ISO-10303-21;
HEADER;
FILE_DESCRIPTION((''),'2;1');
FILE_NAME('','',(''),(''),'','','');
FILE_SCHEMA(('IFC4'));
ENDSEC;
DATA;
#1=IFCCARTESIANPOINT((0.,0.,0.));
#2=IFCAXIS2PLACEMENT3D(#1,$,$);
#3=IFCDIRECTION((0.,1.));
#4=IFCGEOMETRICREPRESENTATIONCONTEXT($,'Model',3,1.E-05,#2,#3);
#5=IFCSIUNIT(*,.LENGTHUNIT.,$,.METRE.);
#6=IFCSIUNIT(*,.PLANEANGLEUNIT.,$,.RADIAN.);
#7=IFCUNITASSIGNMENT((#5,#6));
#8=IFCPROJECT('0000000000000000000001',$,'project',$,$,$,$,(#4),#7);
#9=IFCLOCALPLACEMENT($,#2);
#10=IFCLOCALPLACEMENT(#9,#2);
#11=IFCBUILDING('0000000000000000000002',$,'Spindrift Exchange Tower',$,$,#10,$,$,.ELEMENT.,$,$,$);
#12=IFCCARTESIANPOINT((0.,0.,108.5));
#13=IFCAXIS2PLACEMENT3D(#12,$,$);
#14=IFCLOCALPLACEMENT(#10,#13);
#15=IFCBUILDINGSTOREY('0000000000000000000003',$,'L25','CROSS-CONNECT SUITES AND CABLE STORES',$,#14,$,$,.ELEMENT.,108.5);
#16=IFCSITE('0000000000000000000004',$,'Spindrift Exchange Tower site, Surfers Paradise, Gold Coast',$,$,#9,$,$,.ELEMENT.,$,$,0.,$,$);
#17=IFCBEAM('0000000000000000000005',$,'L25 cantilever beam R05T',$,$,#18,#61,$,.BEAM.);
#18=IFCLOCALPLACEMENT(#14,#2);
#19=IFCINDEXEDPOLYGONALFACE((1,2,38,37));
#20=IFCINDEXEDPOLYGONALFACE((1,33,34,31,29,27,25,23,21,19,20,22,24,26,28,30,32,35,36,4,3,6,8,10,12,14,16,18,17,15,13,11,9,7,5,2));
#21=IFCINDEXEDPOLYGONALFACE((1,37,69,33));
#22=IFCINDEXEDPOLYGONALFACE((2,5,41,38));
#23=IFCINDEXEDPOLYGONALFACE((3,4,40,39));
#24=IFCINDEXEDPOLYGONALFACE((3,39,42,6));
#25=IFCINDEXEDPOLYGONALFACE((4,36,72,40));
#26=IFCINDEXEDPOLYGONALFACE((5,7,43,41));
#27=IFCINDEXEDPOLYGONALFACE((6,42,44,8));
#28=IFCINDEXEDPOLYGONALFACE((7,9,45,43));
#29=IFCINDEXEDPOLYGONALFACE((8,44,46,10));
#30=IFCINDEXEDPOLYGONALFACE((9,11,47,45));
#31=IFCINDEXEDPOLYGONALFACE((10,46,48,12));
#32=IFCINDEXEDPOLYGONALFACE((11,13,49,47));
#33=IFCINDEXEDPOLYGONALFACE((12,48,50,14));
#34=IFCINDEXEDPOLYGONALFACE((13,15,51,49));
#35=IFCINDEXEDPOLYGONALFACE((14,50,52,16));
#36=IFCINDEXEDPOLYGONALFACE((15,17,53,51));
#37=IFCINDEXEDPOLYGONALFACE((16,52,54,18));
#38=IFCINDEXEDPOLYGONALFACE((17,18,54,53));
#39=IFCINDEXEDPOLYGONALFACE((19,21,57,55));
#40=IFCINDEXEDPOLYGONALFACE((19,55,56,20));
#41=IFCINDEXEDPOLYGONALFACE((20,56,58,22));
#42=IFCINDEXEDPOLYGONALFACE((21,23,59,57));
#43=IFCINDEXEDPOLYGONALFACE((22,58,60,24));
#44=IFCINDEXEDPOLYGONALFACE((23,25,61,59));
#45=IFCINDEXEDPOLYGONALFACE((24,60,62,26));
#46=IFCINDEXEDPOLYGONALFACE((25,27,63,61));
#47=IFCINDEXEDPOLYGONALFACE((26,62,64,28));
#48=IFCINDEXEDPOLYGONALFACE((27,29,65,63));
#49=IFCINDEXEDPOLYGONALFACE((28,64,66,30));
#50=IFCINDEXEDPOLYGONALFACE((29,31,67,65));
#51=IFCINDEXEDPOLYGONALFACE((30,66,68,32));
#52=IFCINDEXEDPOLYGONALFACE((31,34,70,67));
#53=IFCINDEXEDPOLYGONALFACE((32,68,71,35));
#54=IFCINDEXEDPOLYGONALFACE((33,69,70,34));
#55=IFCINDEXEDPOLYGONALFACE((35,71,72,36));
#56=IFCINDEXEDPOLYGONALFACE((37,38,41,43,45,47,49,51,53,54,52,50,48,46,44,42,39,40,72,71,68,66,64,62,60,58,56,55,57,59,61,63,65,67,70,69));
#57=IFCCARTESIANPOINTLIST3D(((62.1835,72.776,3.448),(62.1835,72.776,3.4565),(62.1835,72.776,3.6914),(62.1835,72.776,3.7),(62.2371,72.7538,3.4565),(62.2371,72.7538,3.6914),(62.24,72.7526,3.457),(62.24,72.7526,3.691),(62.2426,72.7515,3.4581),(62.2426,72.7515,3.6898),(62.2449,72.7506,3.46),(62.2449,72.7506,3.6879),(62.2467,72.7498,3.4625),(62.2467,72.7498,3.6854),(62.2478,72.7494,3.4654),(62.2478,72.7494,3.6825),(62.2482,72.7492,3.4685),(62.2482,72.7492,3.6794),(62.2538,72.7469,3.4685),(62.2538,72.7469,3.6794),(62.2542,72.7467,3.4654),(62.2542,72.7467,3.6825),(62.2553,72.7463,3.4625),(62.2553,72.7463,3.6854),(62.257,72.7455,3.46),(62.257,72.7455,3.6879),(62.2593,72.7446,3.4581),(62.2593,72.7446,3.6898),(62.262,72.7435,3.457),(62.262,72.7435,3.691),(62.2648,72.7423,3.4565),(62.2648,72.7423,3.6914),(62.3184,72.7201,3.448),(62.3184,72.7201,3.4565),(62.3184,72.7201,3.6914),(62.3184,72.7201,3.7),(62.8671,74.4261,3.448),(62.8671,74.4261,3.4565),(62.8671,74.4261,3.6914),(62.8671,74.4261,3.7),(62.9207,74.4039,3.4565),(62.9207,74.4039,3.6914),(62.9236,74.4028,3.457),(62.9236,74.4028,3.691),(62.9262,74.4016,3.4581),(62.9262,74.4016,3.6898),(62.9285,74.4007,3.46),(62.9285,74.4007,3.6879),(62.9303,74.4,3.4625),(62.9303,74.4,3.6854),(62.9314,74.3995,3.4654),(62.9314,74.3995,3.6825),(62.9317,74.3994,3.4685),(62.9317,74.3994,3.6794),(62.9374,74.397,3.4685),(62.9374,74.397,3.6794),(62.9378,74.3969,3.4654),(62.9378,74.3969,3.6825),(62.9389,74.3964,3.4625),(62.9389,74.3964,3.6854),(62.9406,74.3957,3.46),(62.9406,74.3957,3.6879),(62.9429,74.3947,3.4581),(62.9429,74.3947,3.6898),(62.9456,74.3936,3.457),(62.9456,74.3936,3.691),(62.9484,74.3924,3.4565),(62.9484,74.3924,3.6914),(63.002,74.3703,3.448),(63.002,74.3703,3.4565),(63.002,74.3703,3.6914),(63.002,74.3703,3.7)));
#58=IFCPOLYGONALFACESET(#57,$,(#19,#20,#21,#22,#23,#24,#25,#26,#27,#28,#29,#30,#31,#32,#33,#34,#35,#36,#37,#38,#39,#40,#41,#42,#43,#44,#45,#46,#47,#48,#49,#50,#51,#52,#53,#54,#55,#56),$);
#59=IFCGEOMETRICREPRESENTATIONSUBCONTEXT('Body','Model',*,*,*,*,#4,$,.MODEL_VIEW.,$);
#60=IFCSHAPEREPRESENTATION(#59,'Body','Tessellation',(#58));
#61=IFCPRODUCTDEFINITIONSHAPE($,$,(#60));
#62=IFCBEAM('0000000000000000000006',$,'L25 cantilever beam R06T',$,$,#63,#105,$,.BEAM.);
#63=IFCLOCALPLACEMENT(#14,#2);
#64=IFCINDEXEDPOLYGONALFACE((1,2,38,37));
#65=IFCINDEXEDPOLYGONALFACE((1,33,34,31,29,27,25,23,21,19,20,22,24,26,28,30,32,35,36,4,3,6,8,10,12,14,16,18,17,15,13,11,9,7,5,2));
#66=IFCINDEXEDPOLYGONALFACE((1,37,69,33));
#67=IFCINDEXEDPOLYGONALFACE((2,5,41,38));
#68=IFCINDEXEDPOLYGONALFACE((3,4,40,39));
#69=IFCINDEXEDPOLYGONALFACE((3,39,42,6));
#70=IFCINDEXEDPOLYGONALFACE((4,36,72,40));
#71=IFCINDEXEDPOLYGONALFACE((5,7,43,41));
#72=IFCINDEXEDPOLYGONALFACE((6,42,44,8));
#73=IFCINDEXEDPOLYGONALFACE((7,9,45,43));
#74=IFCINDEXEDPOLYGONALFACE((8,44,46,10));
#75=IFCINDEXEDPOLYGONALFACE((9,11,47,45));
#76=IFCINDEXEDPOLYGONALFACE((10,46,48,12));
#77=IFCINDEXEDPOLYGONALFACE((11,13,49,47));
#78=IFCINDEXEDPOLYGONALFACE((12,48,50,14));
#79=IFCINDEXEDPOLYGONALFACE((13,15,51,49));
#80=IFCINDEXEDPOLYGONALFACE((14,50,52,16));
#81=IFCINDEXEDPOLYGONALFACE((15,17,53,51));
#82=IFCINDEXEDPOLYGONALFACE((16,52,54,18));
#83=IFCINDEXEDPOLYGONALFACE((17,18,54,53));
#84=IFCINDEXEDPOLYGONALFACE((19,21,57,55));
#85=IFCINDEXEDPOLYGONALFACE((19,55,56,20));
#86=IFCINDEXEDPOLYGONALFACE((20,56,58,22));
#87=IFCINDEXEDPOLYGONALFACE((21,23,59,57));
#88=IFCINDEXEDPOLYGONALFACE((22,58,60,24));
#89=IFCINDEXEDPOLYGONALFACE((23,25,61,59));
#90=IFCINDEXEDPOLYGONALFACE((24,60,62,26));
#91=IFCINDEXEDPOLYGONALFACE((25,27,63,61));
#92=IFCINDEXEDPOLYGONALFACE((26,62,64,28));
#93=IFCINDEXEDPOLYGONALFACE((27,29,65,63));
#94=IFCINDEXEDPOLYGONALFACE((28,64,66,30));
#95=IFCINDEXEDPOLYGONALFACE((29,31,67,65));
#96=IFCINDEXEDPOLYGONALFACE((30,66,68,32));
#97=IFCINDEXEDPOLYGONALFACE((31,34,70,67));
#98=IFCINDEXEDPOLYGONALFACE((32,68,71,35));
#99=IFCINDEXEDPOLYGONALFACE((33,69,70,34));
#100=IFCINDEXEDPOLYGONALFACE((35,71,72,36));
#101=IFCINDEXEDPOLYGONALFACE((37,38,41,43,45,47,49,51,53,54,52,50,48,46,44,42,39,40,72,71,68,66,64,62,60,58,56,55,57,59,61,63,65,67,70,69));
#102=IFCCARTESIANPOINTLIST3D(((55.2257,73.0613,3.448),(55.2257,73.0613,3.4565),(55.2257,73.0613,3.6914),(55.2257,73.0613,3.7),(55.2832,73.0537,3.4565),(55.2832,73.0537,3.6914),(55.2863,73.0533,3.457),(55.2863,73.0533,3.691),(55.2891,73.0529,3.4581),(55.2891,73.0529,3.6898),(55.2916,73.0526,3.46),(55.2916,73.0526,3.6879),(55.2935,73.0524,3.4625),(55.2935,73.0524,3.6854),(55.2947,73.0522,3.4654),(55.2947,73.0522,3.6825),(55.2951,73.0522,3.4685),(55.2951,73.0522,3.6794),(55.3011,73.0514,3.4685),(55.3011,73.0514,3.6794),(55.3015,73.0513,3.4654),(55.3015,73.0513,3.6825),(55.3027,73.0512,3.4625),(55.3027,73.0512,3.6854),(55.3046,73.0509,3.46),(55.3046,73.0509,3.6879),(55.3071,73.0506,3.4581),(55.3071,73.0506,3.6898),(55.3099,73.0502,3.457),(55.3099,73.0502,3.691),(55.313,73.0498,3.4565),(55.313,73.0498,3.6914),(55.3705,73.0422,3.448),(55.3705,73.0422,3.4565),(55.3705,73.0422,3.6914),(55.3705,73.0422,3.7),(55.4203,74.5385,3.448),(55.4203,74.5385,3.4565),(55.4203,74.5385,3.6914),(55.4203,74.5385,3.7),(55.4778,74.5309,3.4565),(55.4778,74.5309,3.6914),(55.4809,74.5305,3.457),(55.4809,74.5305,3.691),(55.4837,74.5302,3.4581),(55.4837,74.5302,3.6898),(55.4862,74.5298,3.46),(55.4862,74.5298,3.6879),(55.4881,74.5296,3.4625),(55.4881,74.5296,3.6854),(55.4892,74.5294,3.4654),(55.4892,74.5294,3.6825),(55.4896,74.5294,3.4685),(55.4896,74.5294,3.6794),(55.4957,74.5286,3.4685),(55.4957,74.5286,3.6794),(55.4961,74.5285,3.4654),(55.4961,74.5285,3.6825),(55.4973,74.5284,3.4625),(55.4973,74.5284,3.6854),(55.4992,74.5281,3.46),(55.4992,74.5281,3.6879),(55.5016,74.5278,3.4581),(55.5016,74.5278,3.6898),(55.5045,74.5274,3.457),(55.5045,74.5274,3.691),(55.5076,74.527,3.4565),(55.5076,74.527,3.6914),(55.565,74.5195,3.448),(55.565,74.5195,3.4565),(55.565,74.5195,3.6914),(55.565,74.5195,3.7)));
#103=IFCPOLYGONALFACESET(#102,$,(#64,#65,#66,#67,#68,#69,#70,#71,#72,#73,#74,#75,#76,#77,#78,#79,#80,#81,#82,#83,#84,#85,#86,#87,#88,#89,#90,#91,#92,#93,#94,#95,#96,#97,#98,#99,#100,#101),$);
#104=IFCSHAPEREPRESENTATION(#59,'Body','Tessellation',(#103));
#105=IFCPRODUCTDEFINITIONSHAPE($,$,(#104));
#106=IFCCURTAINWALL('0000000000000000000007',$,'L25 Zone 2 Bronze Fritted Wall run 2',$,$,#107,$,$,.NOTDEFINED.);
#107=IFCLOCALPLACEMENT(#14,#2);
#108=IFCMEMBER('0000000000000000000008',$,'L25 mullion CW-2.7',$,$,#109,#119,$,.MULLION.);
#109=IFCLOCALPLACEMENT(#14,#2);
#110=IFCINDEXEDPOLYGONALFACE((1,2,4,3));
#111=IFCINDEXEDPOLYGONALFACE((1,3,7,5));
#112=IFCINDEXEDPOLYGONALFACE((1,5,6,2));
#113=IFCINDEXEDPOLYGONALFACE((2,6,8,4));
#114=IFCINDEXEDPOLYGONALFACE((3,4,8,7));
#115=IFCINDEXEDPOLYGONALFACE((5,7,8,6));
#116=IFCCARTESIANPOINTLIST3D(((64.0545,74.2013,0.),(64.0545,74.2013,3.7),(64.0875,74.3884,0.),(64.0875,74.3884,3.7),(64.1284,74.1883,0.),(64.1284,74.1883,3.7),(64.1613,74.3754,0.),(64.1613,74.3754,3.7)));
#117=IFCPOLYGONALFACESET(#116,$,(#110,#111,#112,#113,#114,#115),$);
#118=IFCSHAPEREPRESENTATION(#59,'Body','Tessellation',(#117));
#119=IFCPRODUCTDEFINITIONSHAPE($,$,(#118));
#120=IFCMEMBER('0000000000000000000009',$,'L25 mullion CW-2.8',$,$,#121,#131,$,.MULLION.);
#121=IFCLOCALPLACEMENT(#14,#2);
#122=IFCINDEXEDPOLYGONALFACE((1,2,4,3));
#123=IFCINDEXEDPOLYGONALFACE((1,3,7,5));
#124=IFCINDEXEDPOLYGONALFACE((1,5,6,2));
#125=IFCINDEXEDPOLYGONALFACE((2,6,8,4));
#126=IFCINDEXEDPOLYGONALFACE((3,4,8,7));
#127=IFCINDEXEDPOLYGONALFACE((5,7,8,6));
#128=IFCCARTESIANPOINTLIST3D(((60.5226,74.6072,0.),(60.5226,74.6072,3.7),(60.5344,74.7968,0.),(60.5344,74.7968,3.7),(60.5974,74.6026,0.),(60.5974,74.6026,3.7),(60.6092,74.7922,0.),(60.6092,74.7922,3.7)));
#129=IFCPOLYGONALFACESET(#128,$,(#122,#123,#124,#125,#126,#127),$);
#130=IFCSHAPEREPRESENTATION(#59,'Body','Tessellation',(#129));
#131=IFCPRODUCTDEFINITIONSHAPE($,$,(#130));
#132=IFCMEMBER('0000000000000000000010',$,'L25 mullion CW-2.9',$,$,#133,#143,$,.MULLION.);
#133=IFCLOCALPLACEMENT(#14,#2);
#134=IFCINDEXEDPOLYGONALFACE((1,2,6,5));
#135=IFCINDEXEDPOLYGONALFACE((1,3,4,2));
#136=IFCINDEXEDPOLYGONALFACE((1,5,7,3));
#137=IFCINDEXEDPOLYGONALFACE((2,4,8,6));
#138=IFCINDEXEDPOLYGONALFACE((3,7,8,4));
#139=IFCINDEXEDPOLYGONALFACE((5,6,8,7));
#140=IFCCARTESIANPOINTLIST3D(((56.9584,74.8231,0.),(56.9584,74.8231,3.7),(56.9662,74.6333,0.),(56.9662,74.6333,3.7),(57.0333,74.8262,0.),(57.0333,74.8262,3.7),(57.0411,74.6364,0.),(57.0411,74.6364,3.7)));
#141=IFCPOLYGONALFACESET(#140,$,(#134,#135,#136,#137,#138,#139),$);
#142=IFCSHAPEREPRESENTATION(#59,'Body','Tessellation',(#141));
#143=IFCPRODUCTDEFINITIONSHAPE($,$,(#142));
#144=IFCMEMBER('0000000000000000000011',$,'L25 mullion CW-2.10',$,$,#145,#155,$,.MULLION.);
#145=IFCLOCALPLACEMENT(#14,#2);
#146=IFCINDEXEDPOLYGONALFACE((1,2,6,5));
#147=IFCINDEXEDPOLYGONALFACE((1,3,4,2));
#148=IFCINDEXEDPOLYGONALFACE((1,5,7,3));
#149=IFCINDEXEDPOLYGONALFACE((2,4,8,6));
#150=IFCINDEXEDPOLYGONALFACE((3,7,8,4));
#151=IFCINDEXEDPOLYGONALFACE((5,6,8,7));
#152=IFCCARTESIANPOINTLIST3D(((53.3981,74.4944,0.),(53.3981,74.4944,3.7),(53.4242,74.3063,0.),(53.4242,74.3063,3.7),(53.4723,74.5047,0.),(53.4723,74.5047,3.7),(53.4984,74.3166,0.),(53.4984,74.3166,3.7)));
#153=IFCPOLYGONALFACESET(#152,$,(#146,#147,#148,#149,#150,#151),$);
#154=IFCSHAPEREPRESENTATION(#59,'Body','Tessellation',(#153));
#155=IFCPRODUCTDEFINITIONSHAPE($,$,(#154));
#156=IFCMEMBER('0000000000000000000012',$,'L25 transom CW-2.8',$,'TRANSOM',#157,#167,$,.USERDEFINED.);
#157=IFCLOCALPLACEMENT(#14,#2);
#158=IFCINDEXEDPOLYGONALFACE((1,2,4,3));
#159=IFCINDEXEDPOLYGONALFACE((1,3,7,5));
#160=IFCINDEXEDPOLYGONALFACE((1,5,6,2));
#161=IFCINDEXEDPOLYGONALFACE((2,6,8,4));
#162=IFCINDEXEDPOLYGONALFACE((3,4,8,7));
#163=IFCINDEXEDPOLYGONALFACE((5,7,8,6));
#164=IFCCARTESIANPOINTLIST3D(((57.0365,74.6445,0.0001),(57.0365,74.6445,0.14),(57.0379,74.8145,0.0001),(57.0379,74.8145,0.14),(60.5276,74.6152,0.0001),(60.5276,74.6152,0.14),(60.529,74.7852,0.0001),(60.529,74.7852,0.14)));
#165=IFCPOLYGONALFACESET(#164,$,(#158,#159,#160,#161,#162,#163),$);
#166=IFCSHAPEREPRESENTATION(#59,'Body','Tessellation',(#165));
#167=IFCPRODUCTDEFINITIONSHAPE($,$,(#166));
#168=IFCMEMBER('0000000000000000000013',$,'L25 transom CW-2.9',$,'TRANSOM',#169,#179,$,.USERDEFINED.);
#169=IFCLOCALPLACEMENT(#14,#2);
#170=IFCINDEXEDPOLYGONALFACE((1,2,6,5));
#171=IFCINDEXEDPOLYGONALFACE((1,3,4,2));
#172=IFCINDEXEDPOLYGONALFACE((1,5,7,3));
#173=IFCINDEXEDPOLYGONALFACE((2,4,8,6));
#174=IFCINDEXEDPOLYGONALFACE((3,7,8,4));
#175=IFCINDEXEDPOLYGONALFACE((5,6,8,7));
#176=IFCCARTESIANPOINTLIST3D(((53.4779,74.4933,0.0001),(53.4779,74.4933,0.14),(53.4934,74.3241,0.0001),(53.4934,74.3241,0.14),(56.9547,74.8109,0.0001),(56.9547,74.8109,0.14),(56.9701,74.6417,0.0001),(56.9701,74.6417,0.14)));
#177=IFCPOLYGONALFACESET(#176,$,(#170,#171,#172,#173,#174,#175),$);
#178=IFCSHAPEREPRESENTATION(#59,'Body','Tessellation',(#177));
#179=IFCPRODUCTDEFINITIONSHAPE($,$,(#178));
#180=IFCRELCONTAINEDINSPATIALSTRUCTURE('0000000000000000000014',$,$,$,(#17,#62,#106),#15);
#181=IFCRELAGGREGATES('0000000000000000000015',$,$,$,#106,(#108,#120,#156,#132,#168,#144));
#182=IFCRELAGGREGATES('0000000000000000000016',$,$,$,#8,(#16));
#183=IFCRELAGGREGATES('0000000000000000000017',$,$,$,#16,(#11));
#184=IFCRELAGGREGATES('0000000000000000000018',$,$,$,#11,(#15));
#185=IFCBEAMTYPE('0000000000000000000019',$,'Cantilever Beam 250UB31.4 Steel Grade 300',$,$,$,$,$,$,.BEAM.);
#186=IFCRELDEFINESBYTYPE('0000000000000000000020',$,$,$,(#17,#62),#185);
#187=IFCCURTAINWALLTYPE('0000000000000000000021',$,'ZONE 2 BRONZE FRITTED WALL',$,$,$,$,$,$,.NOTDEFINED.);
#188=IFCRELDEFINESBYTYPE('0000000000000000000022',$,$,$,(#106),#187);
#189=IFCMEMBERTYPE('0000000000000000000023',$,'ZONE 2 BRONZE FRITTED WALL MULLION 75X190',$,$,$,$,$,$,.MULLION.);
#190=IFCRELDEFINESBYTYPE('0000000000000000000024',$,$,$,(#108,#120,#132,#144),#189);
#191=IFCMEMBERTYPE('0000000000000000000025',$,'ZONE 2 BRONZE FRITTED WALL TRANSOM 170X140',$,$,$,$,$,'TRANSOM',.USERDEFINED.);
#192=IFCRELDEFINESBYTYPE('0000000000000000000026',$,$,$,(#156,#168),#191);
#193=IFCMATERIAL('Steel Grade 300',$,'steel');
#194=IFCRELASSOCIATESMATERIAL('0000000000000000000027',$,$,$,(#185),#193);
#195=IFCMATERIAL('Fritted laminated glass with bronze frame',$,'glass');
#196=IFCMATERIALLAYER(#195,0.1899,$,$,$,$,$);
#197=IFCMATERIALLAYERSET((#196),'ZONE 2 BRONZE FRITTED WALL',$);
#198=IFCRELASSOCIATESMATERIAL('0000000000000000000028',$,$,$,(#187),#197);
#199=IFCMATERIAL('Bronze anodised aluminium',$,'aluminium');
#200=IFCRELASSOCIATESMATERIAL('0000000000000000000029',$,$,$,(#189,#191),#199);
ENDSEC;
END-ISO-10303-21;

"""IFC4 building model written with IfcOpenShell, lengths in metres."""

from ifc_helpers import new_model, si_unit, direction, frame, origin, origin_2d, place, context, subcontext, project, spatial, rectangle, i_section, extrude, source, transform, mapped, material, layer, layer_set, material_profile, profile_set, type_object, element, aggregate, save


model = new_model("IFC4")

# Units and contexts
model_context = context("Model", 3, precision=1e-05, world=origin(), true_north=direction((0.0, 1.0)))
body_context = subcontext(model_context, "Body", "Model", "MODEL_VIEW")
ifc_project = project(units=[si_unit("LENGTHUNIT", "METRE"), si_unit("PLANEANGLEUNIT", "RADIAN")], contexts=[model_context])

# Site, building, storey
site_placement = place(None, origin())
site = spatial("IfcSite", under=ifc_project, at=site_placement, Name="Spindrift Exchange Tower site, Surfers Paradise, Gold Coast", CompositionType="ELEMENT", RefElevation=0.0)
building_placement = place(site_placement, origin())
building = spatial("IfcBuilding", under=site, at=building_placement, Name="Spindrift Exchange Tower", CompositionType="ELEMENT")
storey_placement = place(building_placement, frame((0.0, 0.0, 108.5)))
storey = spatial("IfcBuildingStorey", under=building, at=storey_placement, Name="L25", Description="CROSS-CONNECT SUITES AND CABLE STORES", CompositionType="ELEMENT", Elevation=108.5)

# Beams
ifc_material_1 = material(Name="Steel Grade 300", Category="steel")
ifc_material_profile_1 = material_profile(ifc_material_1, i_section(OverallWidth=0.146, OverallDepth=0.252, WebThickness=0.0061, FlangeThickness=0.0085, FilletRadius=0.012, at=origin_2d()), Name="250UB31.4")
ifc_profile_set_1 = profile_set([ifc_material_profile_1], Name="Steel Grade 300")
beam_type_1 = type_object("IfcBeamType", Name="Cantilever Beam 250UB31.4 Steel Grade 300", PredefinedType="BEAM", material=ifc_profile_set_1)
shared_shape_1 = source(origin(), body_context, "Body", "SweptSolid", [
    extrude(i_section(OverallWidth=0.146, OverallDepth=0.252, WebThickness=0.0061, FlangeThickness=0.0085, FilletRadius=0.012, at=origin_2d()), origin(), (0.0, 0.0, 1.0), 1.7861),
])
beam_1_placement = place(storey_placement, frame((62.251, 72.748, 3.574), z_axis=(0.382722, 0.923864, 0.0), x_axis=(-0.923864, 0.382722, 0.0)))
element("IfcBeam", 1, at=beam_1_placement, inside=storey, type_object=beam_type_1, Name="L25 cantilever beam R05T", PredefinedType="BEAM", context=body_context, shape_type="MappedRepresentation", body=[
    mapped(shared_shape_1, transform((0.0, 0.0, 0.0), scale=1.0)),
])
shared_shape_2 = source(origin(), body_context, "Body", "SweptSolid", [
    extrude(i_section(OverallWidth=0.146, OverallDepth=0.252, WebThickness=0.0061, FlangeThickness=0.0085, FilletRadius=0.012, at=origin_2d()), origin(), (0.0, 0.0, 1.0), 1.49),
])
beam_2_placement = place(storey_placement, frame((55.2981, 73.0518, 3.574), z_axis=(0.130586, 0.991437, 0.0), x_axis=(-0.991437, 0.130586, 0.0)))
element("IfcBeam", 2, at=beam_2_placement, inside=storey, type_object=beam_type_1, Name="L25 cantilever beam R06T", PredefinedType="BEAM", context=body_context, shape_type="MappedRepresentation", body=[
    mapped(shared_shape_2, transform((0.0, 0.0, 0.0), scale=1.0)),
])

# Curtain wall, members
ifc_material_2 = material(Name="Fritted laminated glass with bronze frame", Category="glass")
ifc_layer_1 = layer(ifc_material_2, 0.1899)
ifc_layer_set_1 = layer_set([ifc_layer_1], Name="ZONE 2 BRONZE FRITTED WALL")
curtain_wall_type = type_object("IfcCurtainWallType", Name="ZONE 2 BRONZE FRITTED WALL", PredefinedType="NOTDEFINED", material=ifc_layer_set_1)
curtain_wall_1_placement = place(storey_placement, origin())
curtain_wall_1 = element("IfcCurtainWall", 3, at=curtain_wall_1_placement, inside=storey, type_object=curtain_wall_type, Name="L25 Zone 2 Bronze Fritted Wall run 2", PredefinedType="NOTDEFINED")
ifc_material_3 = material(Name="Bronze anodised aluminium", Category="aluminium")
ifc_material_profile_2 = material_profile(ifc_material_3, rectangle(XDim=0.075, YDim=0.1899, at=origin_2d()), Name="ZONE 2 BRONZE FRITTED WALL MULLION 75X190")
ifc_profile_set_2 = profile_set([ifc_material_profile_2], Name="Bronze anodised aluminium")
member_type_1 = type_object("IfcMemberType", Name="ZONE 2 BRONZE FRITTED WALL MULLION 75X190", PredefinedType="MULLION", material=ifc_profile_set_2)
shared_shape_3 = source(origin(), body_context, "Body", "SweptSolid", [
    extrude(rectangle(XDim=0.075, YDim=0.1899, at=origin_2d()), origin(), (0.0, 0.0, 1.0), 3.7),
])
member_1_placement = place(storey_placement, frame((64.1079, 74.2883, 0.0), z_axis=(0.0, 0.0, 1.0), x_axis=(-0.984868, 0.173308, 0.0)))
member_1 = element("IfcMember", 4, at=member_1_placement, type_object=member_type_1, Name="L25 mullion CW-2.7", PredefinedType="MULLION", context=body_context, shape_type="MappedRepresentation", body=[
    mapped(shared_shape_3, transform((0.0, 0.0, 0.0), scale=1.0)),
])
member_2_placement = place(storey_placement, frame((60.5659, 74.6997, 0.0), z_axis=(0.0, 0.0, 1.0), x_axis=(-0.998078, 0.061966, 0.0)))
member_2 = element("IfcMember", 5, at=member_2_placement, type_object=member_type_1, Name="L25 mullion CW-2.8", PredefinedType="MULLION", context=body_context, shape_type="MappedRepresentation", body=[
    mapped(shared_shape_3, transform((0.0, 0.0, 0.0), scale=1.0)),
])
member_3_placement = place(storey_placement, frame((56.9998, 74.7297, 0.0), z_axis=(0.0, 0.0, 1.0), x_axis=(-0.999146, -0.041325, 0.0)))
member_3 = element("IfcMember", 6, at=member_3_placement, type_object=member_type_1, Name="L25 mullion CW-2.9", PredefinedType="MULLION", context=body_context, shape_type="MappedRepresentation", body=[
    mapped(shared_shape_3, transform((0.0, 0.0, 0.0), scale=1.0)),
])
member_4_placement = place(storey_placement, frame((53.4482, 74.4055, 0.0), z_axis=(0.0, 0.0, 1.0), x_axis=(-0.990519, -0.137374, 0.0)))
member_4 = element("IfcMember", 7, at=member_4_placement, type_object=member_type_1, Name="L25 mullion CW-2.10", PredefinedType="MULLION", context=body_context, shape_type="MappedRepresentation", body=[
    mapped(shared_shape_3, transform((0.0, 0.0, 0.0), scale=1.0)),
])
ifc_material_profile_3 = material_profile(ifc_material_3, rectangle(XDim=0.1699, YDim=0.1399, at=origin_2d()), Name="ZONE 2 BRONZE FRITTED WALL TRANSOM 170X140")
ifc_profile_set_3 = profile_set([ifc_material_profile_3], Name="Bronze anodised aluminium")
member_type_2 = type_object("IfcMemberType", Name="ZONE 2 BRONZE FRITTED WALL TRANSOM 170X140", ElementType="TRANSOM", PredefinedType="USERDEFINED", material=ifc_profile_set_3)
shared_shape_4 = source(origin(), body_context, "Body", "SweptSolid", [
    extrude(rectangle(XDim=0.1699, YDim=0.1399, at=origin_2d()), origin(), (0.0, 0.0, 1.0), 3.4912),
])
member_5_placement = place(storey_placement, frame((60.5283, 74.7002, 0.0701), z_axis=(-0.999965, 0.008392, 0.0), x_axis=(-0.008392, -0.999965, 0.0)))
member_5 = element("IfcMember", 8, at=member_5_placement, type_object=member_type_2, Name="L25 transom CW-2.8", ObjectType="TRANSOM", PredefinedType="USERDEFINED", context=body_context, shape_type="MappedRepresentation", body=[
    mapped(shared_shape_4, transform((0.0, 0.0, 0.0), scale=1.0)),
])
member_6_placement = place(storey_placement, frame((56.9624, 74.7263, 0.0701), z_axis=(-0.995853, -0.090977, 0.0), x_axis=(0.090977, -0.995853, 0.0)))
member_6 = element("IfcMember", 9, at=member_6_placement, type_object=member_type_2, Name="L25 transom CW-2.9", ObjectType="TRANSOM", PredefinedType="USERDEFINED", context=body_context, shape_type="MappedRepresentation", body=[
    mapped(shared_shape_4, transform((0.0, 0.0, 0.0), scale=1.0)),
])

aggregate(curtain_wall_1, [member_1, member_2, member_5, member_3, member_6, member_4])

save(model, "model.ifc")
